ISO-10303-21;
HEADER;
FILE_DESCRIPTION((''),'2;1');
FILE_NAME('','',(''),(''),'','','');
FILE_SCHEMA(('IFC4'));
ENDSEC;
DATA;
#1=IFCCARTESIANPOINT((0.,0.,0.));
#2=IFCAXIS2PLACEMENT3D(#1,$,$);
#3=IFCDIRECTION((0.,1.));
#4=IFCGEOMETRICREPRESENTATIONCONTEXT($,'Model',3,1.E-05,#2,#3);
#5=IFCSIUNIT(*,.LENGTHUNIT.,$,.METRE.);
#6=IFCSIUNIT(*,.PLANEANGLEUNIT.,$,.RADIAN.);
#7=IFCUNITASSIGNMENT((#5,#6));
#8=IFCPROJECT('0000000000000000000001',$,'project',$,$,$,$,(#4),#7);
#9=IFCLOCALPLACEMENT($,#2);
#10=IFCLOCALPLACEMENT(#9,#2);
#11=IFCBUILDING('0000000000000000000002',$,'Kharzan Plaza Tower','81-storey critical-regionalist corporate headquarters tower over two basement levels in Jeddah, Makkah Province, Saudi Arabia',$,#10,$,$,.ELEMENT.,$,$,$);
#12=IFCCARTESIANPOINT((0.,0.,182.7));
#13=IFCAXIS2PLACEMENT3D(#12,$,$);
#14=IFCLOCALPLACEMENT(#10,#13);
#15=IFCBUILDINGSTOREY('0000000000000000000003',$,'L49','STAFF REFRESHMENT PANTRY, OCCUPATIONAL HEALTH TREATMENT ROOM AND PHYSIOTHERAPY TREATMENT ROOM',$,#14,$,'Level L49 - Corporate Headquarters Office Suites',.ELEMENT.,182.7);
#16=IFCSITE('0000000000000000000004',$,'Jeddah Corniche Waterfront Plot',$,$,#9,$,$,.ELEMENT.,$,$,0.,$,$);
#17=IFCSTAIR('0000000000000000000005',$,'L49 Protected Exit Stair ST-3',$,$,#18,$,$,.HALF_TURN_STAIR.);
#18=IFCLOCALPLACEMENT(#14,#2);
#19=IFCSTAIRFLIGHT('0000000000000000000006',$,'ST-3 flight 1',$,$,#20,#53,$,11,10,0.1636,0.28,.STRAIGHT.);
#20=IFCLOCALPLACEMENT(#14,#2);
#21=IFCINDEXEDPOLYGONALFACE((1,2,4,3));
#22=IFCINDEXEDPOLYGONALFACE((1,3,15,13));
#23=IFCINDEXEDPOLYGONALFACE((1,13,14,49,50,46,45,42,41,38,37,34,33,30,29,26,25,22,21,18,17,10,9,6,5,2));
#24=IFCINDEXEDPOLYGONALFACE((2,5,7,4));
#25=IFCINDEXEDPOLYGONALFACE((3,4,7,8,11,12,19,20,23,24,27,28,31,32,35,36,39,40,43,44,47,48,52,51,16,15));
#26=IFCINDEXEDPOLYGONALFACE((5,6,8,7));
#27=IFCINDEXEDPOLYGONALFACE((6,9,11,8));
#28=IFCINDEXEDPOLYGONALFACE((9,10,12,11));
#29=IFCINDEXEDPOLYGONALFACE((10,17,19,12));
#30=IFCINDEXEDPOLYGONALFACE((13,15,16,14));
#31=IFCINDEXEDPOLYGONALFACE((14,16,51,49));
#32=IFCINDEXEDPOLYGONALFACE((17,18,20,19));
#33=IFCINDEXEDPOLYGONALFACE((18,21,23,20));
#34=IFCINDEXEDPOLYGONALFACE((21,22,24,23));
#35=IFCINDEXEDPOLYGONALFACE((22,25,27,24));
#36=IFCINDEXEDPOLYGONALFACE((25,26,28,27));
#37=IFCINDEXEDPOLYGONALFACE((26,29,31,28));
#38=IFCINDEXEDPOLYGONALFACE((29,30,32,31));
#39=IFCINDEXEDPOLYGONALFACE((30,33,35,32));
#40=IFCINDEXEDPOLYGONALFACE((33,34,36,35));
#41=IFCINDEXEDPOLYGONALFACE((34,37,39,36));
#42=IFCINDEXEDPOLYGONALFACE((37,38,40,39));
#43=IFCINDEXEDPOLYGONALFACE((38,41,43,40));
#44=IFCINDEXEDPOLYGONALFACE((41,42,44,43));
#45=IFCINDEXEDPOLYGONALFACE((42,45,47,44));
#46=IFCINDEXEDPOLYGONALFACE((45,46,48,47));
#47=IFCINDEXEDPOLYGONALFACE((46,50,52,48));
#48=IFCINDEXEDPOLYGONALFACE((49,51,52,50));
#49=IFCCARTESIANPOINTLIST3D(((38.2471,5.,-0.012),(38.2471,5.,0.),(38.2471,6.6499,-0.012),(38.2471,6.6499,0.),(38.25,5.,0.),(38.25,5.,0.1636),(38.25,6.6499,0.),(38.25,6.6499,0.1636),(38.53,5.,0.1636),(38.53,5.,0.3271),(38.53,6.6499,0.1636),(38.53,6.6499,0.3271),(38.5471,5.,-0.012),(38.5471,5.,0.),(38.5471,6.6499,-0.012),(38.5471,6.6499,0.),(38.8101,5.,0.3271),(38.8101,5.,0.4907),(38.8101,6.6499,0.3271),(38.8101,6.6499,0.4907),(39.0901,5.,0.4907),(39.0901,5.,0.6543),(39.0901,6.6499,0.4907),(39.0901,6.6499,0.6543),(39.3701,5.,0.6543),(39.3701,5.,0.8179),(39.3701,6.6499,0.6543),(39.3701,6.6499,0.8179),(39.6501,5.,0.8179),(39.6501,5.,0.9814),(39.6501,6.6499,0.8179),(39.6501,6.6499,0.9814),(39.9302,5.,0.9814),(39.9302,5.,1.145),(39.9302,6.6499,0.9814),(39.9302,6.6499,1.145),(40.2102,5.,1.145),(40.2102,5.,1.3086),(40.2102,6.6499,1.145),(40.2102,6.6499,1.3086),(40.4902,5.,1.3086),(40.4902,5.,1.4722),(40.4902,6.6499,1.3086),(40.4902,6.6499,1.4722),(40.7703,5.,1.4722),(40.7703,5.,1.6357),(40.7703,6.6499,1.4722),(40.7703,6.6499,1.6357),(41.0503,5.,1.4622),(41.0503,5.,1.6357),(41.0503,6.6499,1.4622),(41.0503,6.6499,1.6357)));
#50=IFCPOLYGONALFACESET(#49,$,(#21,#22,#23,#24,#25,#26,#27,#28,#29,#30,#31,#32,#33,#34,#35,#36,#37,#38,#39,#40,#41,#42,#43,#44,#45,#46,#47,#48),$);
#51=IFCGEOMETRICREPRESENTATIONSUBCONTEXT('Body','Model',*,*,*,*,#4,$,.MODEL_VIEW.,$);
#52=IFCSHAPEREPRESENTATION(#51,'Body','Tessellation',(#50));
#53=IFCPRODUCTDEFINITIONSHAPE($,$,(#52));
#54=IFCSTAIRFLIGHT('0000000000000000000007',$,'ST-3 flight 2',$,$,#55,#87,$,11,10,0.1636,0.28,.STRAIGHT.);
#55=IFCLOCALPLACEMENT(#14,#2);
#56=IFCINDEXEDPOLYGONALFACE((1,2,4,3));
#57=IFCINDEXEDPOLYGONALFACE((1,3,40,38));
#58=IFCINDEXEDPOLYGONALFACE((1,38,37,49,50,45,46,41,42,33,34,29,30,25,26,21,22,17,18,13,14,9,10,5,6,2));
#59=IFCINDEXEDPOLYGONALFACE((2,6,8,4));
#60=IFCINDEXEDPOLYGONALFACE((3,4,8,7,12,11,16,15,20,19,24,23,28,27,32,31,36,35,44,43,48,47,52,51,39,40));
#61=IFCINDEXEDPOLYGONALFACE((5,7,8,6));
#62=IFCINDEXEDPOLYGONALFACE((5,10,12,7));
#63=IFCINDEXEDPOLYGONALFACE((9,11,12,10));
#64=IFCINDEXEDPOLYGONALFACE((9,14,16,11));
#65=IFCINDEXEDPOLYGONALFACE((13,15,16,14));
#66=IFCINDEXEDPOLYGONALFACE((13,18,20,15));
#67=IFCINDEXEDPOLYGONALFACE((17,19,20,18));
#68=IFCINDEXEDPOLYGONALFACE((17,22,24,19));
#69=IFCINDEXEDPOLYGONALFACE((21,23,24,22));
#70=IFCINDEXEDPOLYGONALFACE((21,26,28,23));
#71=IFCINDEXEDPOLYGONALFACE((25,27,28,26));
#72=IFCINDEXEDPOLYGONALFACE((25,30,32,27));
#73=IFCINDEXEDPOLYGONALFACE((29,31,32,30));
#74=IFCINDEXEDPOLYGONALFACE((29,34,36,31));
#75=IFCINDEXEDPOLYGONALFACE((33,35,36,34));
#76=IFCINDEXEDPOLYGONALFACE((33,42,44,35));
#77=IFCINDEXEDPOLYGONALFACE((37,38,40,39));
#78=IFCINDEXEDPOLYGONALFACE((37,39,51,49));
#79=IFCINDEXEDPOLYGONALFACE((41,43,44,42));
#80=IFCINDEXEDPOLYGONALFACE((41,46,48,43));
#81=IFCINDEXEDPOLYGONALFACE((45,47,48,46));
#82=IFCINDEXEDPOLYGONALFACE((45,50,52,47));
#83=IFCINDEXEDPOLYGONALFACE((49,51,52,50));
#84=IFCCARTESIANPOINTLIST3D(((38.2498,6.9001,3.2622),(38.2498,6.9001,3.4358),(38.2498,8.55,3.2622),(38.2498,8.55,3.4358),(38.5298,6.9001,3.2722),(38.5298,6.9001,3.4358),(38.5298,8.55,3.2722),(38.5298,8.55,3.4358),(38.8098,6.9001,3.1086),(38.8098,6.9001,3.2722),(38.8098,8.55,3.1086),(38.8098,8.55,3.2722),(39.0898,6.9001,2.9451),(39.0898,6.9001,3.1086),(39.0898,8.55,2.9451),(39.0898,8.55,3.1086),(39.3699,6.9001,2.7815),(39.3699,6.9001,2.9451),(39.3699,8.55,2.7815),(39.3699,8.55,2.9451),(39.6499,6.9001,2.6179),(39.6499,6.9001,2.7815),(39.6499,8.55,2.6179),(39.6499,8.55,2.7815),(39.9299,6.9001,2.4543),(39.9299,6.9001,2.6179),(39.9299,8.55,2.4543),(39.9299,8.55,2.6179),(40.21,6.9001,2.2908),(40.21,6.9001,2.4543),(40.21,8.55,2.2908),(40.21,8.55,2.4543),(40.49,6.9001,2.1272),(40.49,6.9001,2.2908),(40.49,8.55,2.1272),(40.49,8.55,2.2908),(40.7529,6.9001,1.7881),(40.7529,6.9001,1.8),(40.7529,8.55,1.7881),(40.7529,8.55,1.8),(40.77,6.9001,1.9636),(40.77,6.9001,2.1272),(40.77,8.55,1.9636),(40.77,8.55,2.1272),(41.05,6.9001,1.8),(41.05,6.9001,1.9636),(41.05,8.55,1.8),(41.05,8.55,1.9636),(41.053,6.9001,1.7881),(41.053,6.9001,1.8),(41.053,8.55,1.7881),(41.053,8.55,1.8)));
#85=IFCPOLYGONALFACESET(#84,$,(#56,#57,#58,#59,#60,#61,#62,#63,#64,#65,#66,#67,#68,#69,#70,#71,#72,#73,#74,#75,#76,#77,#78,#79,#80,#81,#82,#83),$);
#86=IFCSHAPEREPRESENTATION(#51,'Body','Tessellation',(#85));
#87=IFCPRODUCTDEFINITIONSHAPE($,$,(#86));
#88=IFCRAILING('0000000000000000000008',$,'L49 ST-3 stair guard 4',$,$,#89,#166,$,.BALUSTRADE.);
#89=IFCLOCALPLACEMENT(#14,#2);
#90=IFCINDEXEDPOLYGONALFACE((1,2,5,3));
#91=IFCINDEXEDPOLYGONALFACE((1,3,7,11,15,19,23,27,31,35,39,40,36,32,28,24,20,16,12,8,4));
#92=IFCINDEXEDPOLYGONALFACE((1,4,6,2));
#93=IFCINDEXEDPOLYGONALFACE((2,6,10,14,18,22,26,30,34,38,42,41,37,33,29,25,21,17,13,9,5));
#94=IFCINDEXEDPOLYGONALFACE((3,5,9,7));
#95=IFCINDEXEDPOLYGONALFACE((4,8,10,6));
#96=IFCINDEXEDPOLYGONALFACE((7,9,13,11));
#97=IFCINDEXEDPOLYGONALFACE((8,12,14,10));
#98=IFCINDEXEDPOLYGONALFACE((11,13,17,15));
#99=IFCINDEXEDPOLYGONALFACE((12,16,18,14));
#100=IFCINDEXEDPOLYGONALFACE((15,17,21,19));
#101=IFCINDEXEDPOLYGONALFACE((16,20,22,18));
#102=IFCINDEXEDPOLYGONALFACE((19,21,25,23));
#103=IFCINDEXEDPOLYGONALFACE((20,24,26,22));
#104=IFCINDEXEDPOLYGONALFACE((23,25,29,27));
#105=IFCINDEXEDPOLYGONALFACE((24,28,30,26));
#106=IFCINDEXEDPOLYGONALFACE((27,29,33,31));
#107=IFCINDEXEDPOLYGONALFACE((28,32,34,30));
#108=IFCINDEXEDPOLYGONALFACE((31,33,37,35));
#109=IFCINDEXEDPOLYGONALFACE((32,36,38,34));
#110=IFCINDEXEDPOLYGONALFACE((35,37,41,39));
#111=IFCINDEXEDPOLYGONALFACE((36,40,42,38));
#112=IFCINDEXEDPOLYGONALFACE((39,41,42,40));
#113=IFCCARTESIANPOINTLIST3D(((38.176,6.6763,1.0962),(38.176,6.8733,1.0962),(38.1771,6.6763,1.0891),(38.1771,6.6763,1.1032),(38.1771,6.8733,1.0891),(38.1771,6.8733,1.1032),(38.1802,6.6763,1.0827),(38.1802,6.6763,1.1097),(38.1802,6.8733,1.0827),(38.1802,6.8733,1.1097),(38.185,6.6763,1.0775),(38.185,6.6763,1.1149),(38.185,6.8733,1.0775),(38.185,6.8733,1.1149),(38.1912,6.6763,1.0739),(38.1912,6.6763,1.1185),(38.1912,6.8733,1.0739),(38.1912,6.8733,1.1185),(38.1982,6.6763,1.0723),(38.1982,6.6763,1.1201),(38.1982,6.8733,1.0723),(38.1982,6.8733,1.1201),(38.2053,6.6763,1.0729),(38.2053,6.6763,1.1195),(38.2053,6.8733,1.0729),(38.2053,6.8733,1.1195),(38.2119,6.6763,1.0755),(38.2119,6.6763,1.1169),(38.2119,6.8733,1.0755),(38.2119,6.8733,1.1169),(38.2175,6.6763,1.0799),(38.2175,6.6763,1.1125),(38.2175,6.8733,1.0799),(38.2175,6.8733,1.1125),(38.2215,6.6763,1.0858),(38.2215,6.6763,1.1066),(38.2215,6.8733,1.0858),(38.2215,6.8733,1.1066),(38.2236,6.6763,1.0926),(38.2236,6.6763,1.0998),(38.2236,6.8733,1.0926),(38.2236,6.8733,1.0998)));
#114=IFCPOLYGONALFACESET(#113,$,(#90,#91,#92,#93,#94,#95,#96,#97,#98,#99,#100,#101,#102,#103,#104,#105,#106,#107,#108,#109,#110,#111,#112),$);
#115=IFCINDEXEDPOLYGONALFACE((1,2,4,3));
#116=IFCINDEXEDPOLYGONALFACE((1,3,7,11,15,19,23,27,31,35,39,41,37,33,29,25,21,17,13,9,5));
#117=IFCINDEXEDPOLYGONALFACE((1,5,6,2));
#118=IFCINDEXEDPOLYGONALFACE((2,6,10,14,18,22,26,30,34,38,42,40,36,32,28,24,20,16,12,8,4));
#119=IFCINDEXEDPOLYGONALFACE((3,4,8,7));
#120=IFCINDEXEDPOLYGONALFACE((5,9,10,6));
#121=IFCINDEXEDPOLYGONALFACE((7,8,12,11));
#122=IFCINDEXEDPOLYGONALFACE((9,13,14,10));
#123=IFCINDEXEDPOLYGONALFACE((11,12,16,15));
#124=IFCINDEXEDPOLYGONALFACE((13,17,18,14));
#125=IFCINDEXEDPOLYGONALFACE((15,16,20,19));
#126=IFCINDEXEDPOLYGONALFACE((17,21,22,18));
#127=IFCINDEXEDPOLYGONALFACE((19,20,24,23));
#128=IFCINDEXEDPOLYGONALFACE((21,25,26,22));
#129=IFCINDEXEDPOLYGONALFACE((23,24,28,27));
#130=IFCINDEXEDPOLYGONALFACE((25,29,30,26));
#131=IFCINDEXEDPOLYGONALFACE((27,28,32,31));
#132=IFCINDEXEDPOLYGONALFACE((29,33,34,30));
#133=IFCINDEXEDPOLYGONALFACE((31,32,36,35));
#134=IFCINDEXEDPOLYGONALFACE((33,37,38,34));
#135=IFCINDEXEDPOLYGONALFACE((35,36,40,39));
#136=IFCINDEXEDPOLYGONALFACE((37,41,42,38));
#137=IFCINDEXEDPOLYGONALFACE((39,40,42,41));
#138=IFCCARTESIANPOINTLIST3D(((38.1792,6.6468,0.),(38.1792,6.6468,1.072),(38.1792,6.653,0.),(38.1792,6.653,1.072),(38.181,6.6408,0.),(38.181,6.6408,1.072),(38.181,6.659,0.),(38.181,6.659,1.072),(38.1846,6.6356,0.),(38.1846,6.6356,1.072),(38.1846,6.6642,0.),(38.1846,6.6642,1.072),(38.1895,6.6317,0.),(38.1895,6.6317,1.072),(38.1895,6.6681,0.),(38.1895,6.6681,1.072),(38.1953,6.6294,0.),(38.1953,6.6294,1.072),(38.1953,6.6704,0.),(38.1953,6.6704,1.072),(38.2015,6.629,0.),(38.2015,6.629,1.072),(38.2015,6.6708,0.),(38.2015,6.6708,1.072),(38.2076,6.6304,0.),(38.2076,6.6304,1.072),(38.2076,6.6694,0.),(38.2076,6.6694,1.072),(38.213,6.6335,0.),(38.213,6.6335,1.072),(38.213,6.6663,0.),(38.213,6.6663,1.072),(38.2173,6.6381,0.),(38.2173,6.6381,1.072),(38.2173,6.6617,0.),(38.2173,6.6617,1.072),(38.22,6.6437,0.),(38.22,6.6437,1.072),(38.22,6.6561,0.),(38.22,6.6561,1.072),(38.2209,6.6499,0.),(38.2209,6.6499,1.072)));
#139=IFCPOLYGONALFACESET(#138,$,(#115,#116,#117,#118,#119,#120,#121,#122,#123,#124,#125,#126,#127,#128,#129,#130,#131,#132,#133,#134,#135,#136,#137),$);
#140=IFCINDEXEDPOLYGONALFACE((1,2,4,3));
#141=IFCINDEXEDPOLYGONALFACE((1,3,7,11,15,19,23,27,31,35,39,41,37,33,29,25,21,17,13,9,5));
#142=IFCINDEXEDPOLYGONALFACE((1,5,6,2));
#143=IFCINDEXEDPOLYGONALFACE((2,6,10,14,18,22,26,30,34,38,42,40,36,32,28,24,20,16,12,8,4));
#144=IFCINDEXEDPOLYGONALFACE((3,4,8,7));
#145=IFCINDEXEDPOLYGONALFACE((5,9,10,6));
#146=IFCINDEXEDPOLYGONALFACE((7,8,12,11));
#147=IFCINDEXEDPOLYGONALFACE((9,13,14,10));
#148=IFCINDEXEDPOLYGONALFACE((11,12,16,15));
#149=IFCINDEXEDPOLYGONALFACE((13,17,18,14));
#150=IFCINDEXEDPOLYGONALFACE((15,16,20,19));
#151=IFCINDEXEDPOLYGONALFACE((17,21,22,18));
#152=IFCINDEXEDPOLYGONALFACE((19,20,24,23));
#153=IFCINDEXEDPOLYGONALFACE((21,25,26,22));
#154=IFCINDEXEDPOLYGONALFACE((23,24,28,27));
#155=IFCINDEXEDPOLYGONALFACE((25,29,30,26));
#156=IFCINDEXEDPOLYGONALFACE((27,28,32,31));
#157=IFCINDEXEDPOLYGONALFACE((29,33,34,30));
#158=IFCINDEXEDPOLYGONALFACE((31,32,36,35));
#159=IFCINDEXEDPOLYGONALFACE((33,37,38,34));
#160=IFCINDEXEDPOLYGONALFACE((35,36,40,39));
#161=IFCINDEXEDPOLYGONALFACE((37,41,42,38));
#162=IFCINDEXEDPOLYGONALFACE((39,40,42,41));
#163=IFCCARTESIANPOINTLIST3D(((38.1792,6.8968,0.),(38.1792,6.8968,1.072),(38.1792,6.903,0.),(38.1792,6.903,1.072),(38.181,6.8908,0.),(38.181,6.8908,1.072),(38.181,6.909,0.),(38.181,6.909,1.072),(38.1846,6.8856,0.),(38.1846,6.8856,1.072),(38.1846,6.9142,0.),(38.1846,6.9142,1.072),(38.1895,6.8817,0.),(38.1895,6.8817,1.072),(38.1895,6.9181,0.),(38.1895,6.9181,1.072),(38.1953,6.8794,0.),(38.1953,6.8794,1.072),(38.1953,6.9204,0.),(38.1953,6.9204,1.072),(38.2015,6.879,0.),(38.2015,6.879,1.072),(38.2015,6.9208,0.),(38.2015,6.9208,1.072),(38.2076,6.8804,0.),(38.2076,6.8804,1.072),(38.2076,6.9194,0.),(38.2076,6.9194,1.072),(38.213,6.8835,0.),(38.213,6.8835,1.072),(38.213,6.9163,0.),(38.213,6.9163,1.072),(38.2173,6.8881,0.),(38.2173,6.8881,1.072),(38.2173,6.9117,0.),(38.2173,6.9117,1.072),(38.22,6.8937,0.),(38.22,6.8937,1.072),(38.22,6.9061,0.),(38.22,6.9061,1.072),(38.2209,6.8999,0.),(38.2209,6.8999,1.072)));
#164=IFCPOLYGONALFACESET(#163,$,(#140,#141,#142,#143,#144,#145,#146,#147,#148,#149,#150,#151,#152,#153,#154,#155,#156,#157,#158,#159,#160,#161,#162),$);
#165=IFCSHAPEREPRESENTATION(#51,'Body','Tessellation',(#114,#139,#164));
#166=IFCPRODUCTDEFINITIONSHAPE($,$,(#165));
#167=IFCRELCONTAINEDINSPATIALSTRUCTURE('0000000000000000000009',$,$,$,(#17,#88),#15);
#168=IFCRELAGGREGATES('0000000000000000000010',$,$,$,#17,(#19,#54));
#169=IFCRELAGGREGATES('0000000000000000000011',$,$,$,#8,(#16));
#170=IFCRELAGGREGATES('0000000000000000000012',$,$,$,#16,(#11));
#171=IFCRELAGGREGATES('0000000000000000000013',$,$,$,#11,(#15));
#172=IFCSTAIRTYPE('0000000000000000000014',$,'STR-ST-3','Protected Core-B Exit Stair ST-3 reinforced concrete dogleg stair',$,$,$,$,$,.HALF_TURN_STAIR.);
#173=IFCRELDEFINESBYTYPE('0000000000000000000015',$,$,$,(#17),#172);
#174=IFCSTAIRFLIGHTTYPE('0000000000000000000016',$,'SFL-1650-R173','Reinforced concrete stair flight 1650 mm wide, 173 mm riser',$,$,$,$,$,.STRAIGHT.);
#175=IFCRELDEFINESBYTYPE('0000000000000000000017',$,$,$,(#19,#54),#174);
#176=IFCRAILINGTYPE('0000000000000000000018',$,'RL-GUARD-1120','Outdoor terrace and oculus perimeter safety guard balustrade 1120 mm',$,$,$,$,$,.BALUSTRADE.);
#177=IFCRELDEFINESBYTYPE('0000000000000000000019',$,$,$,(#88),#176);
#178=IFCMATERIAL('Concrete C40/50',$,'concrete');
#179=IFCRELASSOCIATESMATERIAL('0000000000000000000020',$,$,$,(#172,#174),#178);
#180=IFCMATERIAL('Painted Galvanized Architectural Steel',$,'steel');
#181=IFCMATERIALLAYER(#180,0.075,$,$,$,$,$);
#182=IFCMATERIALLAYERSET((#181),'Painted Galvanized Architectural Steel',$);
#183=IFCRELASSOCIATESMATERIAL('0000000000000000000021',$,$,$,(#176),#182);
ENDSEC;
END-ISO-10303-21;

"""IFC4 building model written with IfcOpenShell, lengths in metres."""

from ifc_helpers import new_model, si_unit, direction, frame, origin, origin_2d, place, context, subcontext, project, spatial, polyline, circle, outline, extrude, source, transform, mapped, material, layer, layer_set, type_object, element, aggregate, save


model = new_model("IFC4")

# Units and contexts
model_context = context("Model", 3, precision=1e-05, world=origin(), true_north=direction((0.0, 1.0)))
body_context = subcontext(model_context, "Body", "Model", "MODEL_VIEW")
ifc_project = project(units=[si_unit("LENGTHUNIT", "METRE"), si_unit("PLANEANGLEUNIT", "RADIAN")], contexts=[model_context])

# Site, building, storey
site_placement = place(None, origin())
site = spatial("IfcSite", under=ifc_project, at=site_placement, Name="Jeddah Corniche Waterfront Plot", CompositionType="ELEMENT", RefElevation=0.0)
building_placement = place(site_placement, origin())
building = spatial("IfcBuilding", under=site, at=building_placement, Name="Kharzan Plaza Tower", Description="81-storey critical-regionalist corporate headquarters tower over two basement levels in Jeddah, Makkah Province, Saudi Arabia", CompositionType="ELEMENT")
storey_placement = place(building_placement, frame((0.0, 0.0, 182.7)))
storey = spatial("IfcBuildingStorey", under=building, at=storey_placement, Name="L49", Description="STAFF REFRESHMENT PANTRY, OCCUPATIONAL HEALTH TREATMENT ROOM AND PHYSIOTHERAPY TREATMENT ROOM", LongName="Level L49 - Corporate Headquarters Office Suites", CompositionType="ELEMENT", Elevation=182.7)

# Shared definitions
ifc_material_1 = material(Name="Concrete C40/50", Category="concrete")

# Stair, stair flights
stair_type = type_object("IfcStairType", Name="STR-ST-3", Description="Protected Core-B Exit Stair ST-3 reinforced concrete dogleg stair", PredefinedType="HALF_TURN_STAIR", material=ifc_material_1)
stair_placement = place(storey_placement, origin())
stair = element("IfcStair", 1, at=stair_placement, inside=storey, type_object=stair_type, Name="L49 Protected Exit Stair ST-3", PredefinedType="HALF_TURN_STAIR")
stair_flight_type = type_object("IfcStairFlightType", Name="SFL-1650-R173", Description="Reinforced concrete stair flight 1650 mm wide, 173 mm riser", PredefinedType="STRAIGHT", material=ifc_material_1)
shared_shape_1 = source(origin(), body_context, "Body", "SweptSolid", [
    extrude(outline(polyline([(-0.0029, -0.012), (-0.0029, 0.0), (0.0, 0.0), (0.0, 0.1636), (0.28, 0.1636), (0.28, 0.3271), (0.5601, 0.3271), (0.5601, 0.4907), (0.8401, 0.4907), (0.8401, 0.6543), (1.1201, 0.6543), (1.1201, 0.8179), (1.4001, 0.8179), (1.4001, 0.9814), (1.6802, 0.9814), (1.6802, 1.145), (1.9602, 1.145), (1.9602, 1.3086), (2.2402, 1.3086), (2.2402, 1.4722), (2.5203, 1.4722), (2.5203, 1.6357), (2.8003, 1.6357), (2.8003, 1.7993), (2.8003, 1.4622), (0.2971, 0.0), (0.2971, -0.012), (-0.0029, -0.012)])), frame((0.0, 0.825, 0.0), z_axis=(0.0, -1.0, 0.0), x_axis=(1.0, 0.0, 0.0)), (0.0, 0.0, 1.0), 1.6499),
])
stair_flight_1_placement = place(storey_placement, frame((38.25, 5.825, 0.0), z_axis=(0.0, 0.0, 1.0), x_axis=(1.0, 0.0, 0.0)))
stair_flight_1 = element("IfcStairFlight", 2, at=stair_flight_1_placement, type_object=stair_flight_type, Name="ST-3 flight 1", NumberOfRisers=11, NumberOfTreads=10, PredefinedType="STRAIGHT", RiserHeight=0.1636, TreadLength=0.28, context=body_context, shape_type="MappedRepresentation", body=[
    mapped(shared_shape_1, transform((0.0, 0.0, 0.0), x_axis=(1.0, 0.0, 0.0), y_axis=(0.0, 1.0, 0.0), z_axis=(0.0, 0.0, 1.0))),
])
stair_flight_2_placement = place(storey_placement, frame((41.05, 7.7251, 1.8), z_axis=(0.0, 0.0, 1.0), x_axis=(-1.0, 0.0, 0.0)))
stair_flight_2 = element("IfcStairFlight", 3, at=stair_flight_2_placement, type_object=stair_flight_type, Name="ST-3 flight 2", NumberOfRisers=11, NumberOfTreads=10, PredefinedType="STRAIGHT", RiserHeight=0.1636, TreadLength=0.28, context=body_context, shape_type="MappedRepresentation", body=[
    mapped(shared_shape_1, transform((0.0, 0.0, 0.0), x_axis=(1.0, 0.0, 0.0), y_axis=(0.0, 1.0, 0.0), z_axis=(0.0, 0.0, 1.0))),
])
aggregate(stair, [stair_flight_1, stair_flight_2])

# Railing
ifc_material_2 = material(Name="Painted Galvanized Architectural Steel", Category="steel")
ifc_layer_1 = layer(ifc_material_2, 0.075)
ifc_layer_set_1 = layer_set([ifc_layer_1], Name="Painted Galvanized Architectural Steel")
railing_type_1 = type_object("IfcRailingType", Name="RL-GUARD-1120", Description="Outdoor terrace and oculus perimeter safety guard balustrade 1120 mm", PredefinedType="BALUSTRADE", material=ifc_layer_set_1)
shared_shape_2 = source(origin(), body_context, "Body", "SweptSolid", [
    extrude(circle(Radius=0.0239, at=origin_2d()), frame((0.0, 0.0264, 1.0962), z_axis=(0.0, 1.0, 0.0), x_axis=(-1.0, 0.0, 0.0)), (0.0, 0.0, 1.0), 0.197),
    extrude(circle(Radius=0.021, at=origin_2d()), origin(), (0.0, 0.0, 1.0), 1.072),
    extrude(circle(Radius=0.021, at=origin_2d()), frame((0.0, 0.25, 0.0)), (0.0, 0.0, 1.0), 1.072),
])
railing_1_placement = place(storey_placement, frame((38.2, 6.6499, 0.0)))
element("IfcRailing", 4, at=railing_1_placement, inside=storey, type_object=railing_type_1, Name="L49 ST-3 stair guard 4", PredefinedType="BALUSTRADE", context=body_context, shape_type="MappedRepresentation", body=[
    mapped(shared_shape_2, transform((0.0, 0.0, 0.0), x_axis=(1.0, 0.0, 0.0), y_axis=(0.0, 1.0, 0.0), z_axis=(0.0, 0.0, 1.0))),
])

save(model, "model.ifc")
